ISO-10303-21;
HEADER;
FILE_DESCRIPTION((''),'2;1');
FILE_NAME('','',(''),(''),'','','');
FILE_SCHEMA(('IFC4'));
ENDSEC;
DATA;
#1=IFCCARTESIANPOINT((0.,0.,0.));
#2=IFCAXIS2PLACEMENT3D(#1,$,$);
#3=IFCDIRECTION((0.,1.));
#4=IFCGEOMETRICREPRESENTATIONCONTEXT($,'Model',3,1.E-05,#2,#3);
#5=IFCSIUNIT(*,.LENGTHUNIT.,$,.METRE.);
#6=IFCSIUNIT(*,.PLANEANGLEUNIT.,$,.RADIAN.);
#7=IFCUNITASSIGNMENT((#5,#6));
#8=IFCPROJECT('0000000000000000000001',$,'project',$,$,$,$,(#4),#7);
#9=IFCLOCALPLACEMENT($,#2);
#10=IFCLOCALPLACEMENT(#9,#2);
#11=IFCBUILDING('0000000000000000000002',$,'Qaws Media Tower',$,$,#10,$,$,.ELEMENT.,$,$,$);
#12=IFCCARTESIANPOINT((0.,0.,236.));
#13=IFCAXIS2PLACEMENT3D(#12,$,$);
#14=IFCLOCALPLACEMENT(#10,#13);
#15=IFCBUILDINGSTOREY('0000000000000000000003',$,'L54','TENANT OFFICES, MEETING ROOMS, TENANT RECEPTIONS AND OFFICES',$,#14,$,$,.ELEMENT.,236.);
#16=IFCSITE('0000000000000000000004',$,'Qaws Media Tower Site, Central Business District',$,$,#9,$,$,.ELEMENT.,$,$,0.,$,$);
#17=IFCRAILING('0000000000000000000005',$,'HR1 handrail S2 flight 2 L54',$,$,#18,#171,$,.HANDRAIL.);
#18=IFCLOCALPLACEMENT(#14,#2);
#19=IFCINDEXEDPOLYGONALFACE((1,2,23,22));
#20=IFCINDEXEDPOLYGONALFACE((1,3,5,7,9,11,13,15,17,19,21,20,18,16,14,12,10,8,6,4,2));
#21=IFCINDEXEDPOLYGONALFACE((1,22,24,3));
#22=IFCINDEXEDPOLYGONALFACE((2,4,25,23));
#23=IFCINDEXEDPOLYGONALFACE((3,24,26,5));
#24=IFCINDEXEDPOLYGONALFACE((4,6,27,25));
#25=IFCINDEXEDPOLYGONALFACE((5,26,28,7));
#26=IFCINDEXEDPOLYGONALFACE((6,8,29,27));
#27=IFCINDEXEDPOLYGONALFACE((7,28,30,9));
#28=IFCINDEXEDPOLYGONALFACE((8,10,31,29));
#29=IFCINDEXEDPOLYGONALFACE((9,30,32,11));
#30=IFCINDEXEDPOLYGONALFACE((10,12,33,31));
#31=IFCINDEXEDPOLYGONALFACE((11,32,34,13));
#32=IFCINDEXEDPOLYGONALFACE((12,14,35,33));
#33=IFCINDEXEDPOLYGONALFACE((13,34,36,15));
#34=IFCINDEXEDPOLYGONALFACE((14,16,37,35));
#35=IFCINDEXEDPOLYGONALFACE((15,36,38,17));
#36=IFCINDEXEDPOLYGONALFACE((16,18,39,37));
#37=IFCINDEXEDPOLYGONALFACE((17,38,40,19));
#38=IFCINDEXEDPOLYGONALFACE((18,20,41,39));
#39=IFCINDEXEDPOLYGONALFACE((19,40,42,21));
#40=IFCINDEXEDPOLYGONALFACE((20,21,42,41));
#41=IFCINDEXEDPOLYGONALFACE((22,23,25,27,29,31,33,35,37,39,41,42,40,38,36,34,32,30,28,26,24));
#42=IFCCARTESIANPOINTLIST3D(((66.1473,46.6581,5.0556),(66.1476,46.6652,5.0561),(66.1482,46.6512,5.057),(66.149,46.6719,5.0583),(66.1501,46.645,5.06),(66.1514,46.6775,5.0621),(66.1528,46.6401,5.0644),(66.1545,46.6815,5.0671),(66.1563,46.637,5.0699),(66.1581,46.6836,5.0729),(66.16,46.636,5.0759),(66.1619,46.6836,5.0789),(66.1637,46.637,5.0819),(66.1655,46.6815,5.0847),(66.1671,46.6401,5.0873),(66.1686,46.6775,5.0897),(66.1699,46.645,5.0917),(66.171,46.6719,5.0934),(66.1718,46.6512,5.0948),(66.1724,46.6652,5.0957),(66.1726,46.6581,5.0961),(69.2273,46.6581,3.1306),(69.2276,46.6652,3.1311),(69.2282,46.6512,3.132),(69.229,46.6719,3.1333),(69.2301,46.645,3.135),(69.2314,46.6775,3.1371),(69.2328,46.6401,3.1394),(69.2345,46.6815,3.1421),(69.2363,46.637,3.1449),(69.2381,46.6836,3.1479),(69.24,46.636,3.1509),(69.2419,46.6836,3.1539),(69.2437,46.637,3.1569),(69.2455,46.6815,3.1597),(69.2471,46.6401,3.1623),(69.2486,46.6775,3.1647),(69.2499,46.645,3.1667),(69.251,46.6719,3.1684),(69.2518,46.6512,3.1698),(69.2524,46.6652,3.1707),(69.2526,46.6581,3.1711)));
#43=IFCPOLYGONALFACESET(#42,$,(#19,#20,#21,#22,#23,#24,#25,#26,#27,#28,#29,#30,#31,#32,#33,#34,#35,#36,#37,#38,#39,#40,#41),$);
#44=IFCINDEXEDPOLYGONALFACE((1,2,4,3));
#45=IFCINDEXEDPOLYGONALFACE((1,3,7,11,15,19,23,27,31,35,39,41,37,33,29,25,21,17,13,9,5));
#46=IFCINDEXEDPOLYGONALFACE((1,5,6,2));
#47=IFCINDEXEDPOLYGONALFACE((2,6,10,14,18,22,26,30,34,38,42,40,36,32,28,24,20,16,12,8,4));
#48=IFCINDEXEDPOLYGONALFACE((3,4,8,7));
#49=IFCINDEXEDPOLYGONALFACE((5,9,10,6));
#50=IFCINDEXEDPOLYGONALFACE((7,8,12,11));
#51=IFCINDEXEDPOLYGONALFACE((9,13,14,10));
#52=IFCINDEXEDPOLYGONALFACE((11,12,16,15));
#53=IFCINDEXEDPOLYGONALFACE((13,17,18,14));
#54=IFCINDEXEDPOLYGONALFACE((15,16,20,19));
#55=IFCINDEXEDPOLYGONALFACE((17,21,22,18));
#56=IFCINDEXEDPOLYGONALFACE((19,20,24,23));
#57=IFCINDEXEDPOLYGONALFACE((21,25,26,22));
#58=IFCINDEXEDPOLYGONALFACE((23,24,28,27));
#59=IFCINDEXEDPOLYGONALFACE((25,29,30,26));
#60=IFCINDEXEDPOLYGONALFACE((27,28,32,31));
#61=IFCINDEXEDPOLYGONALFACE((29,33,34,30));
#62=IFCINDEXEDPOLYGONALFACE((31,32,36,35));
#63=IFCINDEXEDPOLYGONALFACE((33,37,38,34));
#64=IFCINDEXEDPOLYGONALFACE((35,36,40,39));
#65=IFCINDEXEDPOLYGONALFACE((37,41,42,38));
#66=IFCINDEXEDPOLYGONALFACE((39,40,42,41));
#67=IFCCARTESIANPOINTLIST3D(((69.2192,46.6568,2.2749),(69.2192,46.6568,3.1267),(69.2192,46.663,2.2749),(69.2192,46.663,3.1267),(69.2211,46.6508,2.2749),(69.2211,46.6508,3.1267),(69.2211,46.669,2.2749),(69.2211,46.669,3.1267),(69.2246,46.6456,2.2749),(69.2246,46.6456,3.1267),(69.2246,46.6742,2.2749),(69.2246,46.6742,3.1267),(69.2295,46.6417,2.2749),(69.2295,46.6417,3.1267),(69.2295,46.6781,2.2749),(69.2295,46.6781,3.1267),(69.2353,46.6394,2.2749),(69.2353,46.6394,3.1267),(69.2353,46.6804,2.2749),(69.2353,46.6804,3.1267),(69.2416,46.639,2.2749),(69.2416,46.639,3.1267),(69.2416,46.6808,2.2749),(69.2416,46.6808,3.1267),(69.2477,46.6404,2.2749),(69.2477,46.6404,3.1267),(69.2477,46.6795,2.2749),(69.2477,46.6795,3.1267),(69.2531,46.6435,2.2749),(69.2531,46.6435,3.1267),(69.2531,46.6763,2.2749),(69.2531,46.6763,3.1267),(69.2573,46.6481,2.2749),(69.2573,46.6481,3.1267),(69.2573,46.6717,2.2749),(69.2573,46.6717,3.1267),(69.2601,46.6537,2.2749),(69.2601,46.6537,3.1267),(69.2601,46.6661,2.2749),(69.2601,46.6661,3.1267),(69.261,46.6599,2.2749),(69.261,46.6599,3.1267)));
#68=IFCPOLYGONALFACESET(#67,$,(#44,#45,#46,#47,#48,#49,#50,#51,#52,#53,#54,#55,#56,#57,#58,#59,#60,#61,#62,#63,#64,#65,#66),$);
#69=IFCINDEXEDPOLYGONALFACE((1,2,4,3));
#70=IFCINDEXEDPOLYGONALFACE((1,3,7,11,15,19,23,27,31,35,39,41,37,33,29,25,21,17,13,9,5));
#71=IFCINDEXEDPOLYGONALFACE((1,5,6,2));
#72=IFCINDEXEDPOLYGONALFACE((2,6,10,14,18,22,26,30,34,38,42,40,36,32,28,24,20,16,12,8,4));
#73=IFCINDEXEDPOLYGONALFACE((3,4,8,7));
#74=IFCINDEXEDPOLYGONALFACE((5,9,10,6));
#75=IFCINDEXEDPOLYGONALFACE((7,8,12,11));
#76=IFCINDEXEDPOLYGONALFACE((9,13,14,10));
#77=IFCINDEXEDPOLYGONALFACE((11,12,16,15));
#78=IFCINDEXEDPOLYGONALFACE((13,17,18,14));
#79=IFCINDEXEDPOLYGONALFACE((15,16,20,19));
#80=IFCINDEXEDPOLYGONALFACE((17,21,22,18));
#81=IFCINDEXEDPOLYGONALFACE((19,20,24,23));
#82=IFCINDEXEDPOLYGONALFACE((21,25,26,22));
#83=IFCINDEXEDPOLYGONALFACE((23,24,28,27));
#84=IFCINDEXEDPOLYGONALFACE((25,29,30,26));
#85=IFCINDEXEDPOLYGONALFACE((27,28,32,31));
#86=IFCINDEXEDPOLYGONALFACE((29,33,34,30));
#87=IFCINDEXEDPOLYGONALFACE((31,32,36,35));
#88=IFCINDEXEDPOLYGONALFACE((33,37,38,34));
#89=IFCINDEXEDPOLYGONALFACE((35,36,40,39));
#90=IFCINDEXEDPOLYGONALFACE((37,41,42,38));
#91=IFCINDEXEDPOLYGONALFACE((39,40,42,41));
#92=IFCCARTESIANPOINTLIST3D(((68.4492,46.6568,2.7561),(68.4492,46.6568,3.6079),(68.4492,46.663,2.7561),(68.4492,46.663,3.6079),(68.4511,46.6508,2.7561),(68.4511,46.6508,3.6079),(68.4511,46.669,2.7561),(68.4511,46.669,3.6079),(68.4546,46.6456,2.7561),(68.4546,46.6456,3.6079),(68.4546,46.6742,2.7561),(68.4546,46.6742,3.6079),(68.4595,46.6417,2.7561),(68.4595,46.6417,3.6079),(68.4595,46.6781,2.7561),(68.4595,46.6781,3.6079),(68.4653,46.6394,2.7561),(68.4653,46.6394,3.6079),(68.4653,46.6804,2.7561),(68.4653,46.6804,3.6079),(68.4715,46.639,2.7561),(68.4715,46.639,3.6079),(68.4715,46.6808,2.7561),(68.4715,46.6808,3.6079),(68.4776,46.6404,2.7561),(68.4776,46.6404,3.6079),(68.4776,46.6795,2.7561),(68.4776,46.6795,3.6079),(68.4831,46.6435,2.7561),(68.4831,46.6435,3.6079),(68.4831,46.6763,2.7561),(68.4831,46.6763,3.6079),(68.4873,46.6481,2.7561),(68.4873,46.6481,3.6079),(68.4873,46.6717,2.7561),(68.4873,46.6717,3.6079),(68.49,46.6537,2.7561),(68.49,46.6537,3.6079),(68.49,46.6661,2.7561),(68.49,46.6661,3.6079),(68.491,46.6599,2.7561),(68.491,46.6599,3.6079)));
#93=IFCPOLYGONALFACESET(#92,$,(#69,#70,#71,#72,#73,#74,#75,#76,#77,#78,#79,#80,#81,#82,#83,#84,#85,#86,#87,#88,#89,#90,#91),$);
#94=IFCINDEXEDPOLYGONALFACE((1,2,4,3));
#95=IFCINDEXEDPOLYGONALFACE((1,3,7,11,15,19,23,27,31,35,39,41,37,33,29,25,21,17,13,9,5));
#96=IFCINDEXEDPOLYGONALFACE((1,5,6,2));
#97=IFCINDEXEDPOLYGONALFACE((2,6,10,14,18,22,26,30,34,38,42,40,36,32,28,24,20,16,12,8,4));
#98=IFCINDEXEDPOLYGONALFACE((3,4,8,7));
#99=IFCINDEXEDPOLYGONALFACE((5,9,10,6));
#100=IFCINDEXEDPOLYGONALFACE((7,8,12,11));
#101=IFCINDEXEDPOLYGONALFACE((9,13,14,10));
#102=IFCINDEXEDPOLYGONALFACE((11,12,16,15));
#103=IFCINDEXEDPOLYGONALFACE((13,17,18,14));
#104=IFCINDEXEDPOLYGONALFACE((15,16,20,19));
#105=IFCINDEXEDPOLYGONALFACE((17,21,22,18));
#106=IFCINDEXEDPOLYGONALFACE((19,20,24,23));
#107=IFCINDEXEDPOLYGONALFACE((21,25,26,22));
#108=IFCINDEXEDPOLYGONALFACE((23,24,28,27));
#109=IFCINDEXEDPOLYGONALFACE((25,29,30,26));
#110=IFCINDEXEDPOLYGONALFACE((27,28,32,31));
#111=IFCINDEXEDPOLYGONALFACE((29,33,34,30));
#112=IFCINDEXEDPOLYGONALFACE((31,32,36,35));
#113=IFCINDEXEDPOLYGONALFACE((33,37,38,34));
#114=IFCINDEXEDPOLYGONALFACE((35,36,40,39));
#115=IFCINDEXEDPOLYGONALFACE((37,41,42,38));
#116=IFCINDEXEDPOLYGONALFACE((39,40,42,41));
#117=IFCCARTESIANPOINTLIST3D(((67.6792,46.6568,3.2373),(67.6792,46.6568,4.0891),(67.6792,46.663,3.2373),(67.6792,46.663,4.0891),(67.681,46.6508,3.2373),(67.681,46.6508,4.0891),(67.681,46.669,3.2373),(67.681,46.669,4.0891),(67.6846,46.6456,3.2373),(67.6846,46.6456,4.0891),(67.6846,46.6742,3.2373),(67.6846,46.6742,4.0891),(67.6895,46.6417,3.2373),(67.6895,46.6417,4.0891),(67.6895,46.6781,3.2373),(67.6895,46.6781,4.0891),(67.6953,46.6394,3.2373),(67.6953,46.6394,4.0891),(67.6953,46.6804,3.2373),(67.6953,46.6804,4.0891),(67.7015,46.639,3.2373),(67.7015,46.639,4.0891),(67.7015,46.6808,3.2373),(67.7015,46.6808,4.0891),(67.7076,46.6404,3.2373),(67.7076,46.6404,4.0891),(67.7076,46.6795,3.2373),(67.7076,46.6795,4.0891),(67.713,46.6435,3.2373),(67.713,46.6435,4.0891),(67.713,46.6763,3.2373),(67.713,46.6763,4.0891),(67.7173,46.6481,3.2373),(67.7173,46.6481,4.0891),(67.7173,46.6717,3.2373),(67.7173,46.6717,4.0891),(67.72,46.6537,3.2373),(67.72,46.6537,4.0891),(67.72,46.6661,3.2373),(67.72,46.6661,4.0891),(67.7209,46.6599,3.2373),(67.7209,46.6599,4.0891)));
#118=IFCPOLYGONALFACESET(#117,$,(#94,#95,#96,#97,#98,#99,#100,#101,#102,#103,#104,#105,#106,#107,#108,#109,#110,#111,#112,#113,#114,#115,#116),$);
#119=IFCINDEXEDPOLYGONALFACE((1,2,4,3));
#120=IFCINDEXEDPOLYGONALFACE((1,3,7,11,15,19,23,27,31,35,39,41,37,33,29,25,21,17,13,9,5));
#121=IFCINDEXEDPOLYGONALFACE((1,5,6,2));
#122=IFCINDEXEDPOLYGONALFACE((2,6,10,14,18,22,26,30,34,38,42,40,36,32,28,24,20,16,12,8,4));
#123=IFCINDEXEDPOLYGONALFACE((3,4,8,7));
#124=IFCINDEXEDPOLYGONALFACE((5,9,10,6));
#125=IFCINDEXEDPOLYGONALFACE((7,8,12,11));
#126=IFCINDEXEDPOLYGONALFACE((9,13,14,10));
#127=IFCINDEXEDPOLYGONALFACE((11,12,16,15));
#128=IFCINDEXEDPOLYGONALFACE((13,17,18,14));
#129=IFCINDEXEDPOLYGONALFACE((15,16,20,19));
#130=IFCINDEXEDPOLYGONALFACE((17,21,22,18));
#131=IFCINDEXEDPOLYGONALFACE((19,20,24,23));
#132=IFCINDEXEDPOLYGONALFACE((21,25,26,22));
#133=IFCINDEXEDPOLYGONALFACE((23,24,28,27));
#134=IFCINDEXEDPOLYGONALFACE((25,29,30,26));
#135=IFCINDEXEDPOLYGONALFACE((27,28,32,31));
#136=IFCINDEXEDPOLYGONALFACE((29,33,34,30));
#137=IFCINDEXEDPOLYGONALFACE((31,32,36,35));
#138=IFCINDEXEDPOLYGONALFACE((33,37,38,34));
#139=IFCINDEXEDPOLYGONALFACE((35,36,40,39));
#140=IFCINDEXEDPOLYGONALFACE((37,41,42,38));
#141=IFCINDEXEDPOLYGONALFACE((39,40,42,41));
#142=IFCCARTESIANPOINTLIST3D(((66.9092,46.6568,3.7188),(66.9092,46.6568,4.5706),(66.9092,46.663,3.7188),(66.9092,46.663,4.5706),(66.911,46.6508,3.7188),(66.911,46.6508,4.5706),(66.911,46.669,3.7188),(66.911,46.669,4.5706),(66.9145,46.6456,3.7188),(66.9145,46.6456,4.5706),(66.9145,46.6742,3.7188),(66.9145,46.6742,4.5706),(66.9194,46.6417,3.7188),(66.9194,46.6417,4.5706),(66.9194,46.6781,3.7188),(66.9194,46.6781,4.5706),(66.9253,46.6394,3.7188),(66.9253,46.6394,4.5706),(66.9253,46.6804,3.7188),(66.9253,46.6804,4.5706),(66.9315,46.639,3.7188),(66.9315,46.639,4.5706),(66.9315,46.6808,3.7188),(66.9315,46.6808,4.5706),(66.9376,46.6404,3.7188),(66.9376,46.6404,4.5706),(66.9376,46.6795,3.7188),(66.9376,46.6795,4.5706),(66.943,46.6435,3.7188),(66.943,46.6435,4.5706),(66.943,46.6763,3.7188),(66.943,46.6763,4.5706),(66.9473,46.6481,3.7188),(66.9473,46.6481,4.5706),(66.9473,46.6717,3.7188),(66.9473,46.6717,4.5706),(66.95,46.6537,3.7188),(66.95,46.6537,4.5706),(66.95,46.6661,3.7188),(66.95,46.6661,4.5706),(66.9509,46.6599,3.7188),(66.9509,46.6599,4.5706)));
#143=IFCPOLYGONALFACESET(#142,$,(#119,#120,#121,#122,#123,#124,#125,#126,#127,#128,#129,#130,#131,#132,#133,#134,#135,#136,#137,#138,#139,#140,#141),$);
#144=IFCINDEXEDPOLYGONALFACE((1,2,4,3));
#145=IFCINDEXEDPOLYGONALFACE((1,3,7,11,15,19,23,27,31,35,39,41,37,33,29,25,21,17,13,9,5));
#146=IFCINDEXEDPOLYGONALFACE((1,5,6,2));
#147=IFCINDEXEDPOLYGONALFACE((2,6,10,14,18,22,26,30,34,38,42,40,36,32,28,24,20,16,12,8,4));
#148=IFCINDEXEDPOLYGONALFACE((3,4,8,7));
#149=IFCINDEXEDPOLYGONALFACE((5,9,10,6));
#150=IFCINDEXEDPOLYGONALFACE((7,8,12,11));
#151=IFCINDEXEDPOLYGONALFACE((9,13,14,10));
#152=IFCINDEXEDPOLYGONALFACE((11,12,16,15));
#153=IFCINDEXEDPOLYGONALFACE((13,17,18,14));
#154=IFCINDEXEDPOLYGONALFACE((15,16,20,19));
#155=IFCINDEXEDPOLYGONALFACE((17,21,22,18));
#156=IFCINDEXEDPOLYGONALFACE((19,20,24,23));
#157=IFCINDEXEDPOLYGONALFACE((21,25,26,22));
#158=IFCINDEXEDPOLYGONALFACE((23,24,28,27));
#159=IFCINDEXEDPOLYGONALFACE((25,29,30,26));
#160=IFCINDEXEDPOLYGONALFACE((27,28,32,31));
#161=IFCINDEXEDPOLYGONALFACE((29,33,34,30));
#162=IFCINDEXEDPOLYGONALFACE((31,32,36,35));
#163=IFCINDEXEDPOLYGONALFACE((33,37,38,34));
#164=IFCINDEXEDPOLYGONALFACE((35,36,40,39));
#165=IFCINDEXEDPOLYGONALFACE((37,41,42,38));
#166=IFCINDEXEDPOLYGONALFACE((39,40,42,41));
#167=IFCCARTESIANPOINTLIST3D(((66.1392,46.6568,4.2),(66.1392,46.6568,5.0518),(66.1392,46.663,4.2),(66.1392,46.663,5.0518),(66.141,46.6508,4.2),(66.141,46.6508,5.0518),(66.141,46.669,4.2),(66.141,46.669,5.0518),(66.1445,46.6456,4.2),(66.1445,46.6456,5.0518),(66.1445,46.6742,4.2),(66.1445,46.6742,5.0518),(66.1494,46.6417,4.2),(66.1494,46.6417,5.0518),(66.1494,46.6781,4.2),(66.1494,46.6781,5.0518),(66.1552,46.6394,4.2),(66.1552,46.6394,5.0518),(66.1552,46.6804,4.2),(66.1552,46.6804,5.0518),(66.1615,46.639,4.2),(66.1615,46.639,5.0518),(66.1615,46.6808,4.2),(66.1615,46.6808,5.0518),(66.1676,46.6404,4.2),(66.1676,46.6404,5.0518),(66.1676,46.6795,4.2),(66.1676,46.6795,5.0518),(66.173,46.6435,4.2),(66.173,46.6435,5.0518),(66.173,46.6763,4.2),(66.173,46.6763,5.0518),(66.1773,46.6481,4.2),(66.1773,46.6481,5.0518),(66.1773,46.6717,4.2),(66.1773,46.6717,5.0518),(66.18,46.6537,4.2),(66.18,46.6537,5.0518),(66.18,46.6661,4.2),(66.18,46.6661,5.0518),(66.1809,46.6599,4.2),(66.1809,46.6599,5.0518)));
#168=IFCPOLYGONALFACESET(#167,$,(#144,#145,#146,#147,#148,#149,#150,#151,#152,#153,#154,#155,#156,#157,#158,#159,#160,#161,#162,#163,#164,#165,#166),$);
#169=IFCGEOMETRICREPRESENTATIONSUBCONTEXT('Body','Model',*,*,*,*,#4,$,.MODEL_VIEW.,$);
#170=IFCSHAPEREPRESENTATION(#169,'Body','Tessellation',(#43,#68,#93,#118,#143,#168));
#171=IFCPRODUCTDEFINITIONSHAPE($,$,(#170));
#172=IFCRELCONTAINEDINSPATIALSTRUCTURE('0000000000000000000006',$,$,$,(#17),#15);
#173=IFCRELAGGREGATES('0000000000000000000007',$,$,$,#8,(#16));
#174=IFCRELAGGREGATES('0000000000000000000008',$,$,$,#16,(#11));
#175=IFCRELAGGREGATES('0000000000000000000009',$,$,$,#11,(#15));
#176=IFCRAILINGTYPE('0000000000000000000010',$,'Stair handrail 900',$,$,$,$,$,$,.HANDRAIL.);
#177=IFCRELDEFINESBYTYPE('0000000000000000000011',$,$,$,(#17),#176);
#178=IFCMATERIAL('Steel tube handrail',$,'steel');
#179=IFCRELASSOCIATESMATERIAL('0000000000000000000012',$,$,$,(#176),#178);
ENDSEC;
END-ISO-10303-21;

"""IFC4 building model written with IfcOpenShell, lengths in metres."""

from ifc_helpers import new_model, si_unit, direction, frame, origin, origin_2d, place, context, subcontext, project, spatial, circle, extrude, material, type_object, element, save


model = new_model("IFC4")

# Units and contexts
model_context = context("Model", 3, precision=1e-05, world=origin(), true_north=direction((0.0, 1.0)))
body_context = subcontext(model_context, "Body", "Model", "MODEL_VIEW")
ifc_project = project(units=[si_unit("LENGTHUNIT", "METRE"), si_unit("PLANEANGLEUNIT", "RADIAN")], contexts=[model_context])

# Site, building, storey
site_placement = place(None, origin())
site = spatial("IfcSite", under=ifc_project, at=site_placement, Name="Qaws Media Tower Site, Central Business District", CompositionType="ELEMENT", RefElevation=0.0)
building_placement = place(site_placement, origin())
building = spatial("IfcBuilding", under=site, at=building_placement, Name="Qaws Media Tower", CompositionType="ELEMENT")
storey_placement = place(building_placement, frame((0.0, 0.0, 236.0)))
storey = spatial("IfcBuildingStorey", under=building, at=storey_placement, Name="L54", Description="TENANT OFFICES, MEETING ROOMS, TENANT RECEPTIONS AND OFFICES", CompositionType="ELEMENT", Elevation=236.0)

# Railing
ifc_material_1 = material(Name="Steel tube handrail", Category="steel")
railing_type = type_object("IfcRailingType", Name="Stair handrail 900", PredefinedType="HANDRAIL", material=ifc_material_1)
for number, where, name in (
    (1, (69.24, 46.6599, 2.2749), "HR1 handrail S2 flight 2 L54"),
):
    element("IfcRailing", number, at=place(storey_placement, frame(where)), inside=storey, type_object=railing_type, Name=name, PredefinedType="HANDRAIL", context=body_context, shape_type="SweptSolid", body=[
        extrude(circle(Radius=0.0239, at=origin_2d()), frame((0.0, 0.0, 0.876), z_axis=(-0.847998, 0.0, 0.529999), x_axis=(0.0, -1.0, 0.0)), (0.0, 0.0, 1.0), 3.6321),
        extrude(circle(Radius=0.021, at=origin_2d()), origin(), (0.0, 0.0, 1.0), 0.8518),
        extrude(circle(Radius=0.021, at=origin_2d()), frame((-0.77, 0.0, 0.4812)), (0.0, 0.0, 1.0), 0.8518),
        extrude(circle(Radius=0.021, at=origin_2d()), frame((-1.54, 0.0, 0.9624)), (0.0, 0.0, 1.0), 0.8518),
        extrude(circle(Radius=0.021, at=origin_2d()), frame((-2.3101, 0.0, 1.4438)), (0.0, 0.0, 1.0), 0.8518),
        extrude(circle(Radius=0.021, at=origin_2d()), frame((-3.0801, 0.0, 1.925)), (0.0, 0.0, 1.0), 0.8518),
    ])

save(model, "model.ifc")
